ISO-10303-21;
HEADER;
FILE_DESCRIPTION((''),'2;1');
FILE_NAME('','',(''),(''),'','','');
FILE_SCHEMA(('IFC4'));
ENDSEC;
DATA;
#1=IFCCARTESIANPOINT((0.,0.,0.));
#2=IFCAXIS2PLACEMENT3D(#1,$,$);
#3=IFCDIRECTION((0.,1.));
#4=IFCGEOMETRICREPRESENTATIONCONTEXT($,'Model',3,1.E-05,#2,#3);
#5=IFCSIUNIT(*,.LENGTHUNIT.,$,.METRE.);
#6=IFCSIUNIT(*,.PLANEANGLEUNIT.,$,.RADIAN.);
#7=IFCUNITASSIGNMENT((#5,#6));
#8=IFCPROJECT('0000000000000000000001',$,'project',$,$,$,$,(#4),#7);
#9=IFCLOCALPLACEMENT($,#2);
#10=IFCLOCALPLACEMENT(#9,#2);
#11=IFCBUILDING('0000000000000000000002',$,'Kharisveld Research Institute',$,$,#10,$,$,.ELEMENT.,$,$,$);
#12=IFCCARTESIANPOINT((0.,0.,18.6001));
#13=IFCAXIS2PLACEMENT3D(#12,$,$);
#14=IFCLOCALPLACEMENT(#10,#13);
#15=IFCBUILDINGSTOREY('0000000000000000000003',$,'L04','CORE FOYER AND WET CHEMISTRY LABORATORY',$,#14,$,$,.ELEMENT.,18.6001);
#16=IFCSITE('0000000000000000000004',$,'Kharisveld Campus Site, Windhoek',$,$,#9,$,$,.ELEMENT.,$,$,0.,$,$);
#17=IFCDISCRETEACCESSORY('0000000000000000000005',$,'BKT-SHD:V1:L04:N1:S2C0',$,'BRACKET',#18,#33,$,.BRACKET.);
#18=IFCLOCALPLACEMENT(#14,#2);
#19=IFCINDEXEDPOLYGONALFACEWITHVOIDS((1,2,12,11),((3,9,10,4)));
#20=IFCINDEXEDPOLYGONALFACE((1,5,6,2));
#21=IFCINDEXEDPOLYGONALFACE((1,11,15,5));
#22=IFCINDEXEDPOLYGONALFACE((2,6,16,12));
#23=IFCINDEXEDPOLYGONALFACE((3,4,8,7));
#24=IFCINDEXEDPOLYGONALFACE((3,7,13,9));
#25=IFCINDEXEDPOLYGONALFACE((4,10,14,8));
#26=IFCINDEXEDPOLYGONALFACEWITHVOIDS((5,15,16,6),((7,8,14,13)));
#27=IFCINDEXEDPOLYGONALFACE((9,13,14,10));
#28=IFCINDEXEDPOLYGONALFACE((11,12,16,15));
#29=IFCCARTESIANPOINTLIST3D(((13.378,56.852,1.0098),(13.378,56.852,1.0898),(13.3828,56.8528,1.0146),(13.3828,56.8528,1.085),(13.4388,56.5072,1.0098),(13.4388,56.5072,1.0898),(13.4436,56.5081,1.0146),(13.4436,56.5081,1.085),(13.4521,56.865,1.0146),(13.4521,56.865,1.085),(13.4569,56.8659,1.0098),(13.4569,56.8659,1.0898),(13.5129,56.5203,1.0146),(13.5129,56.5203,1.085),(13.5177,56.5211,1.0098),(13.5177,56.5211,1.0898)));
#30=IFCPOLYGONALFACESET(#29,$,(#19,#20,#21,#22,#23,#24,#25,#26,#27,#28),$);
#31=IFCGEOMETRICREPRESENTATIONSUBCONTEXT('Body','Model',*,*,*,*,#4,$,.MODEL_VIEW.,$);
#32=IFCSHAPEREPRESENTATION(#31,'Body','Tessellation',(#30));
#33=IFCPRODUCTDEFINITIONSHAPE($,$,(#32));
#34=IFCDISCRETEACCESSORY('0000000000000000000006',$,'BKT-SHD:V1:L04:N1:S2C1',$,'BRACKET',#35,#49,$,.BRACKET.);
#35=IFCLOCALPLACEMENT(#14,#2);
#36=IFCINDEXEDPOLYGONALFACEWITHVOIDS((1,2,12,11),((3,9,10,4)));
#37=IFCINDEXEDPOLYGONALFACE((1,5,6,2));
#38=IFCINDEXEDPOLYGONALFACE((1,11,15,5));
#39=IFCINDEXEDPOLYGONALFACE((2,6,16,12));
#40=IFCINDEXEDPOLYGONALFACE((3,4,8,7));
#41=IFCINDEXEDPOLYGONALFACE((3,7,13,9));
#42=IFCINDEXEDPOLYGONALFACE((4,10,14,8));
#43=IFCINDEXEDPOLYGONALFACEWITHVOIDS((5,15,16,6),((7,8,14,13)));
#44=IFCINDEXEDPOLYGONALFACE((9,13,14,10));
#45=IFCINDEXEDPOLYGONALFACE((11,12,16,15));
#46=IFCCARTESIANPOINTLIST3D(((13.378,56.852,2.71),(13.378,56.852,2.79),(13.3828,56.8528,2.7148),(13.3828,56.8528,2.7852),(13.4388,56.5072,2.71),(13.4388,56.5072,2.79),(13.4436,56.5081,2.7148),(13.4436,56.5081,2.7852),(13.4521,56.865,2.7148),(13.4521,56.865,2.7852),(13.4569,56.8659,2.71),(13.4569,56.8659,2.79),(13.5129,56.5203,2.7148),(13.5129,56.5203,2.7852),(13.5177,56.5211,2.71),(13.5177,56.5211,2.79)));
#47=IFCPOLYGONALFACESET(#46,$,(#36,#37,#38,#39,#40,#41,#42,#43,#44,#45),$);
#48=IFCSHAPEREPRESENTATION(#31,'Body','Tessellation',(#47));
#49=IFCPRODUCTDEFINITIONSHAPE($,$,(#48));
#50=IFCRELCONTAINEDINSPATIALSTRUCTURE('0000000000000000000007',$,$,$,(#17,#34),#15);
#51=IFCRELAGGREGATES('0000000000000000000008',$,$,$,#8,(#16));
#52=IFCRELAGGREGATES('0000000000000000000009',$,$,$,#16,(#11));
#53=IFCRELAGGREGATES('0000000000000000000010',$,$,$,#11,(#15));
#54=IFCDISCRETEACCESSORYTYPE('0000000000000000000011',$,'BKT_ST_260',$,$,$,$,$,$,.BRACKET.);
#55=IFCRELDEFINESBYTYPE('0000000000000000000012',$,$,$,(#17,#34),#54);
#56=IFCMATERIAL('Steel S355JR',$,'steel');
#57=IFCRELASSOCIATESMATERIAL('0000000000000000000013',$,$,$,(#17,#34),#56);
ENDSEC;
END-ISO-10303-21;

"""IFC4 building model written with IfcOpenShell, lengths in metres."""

from ifc_helpers import new_model, si_unit, direction, frame, origin, origin_2d, place, context, subcontext, project, spatial, hollow_rectangle, extrude, material, type_object, element, save


model = new_model("IFC4")

# Units and contexts
model_context = context("Model", 3, precision=1e-05, world=origin(), true_north=direction((0.0, 1.0)))
body_context = subcontext(model_context, "Body", "Model", "MODEL_VIEW")
ifc_project = project(units=[si_unit("LENGTHUNIT", "METRE"), si_unit("PLANEANGLEUNIT", "RADIAN")], contexts=[model_context])

# Site, building, storey
site_placement = place(None, origin())
site = spatial("IfcSite", under=ifc_project, at=site_placement, Name="Kharisveld Campus Site, Windhoek", CompositionType="ELEMENT", RefElevation=0.0)
building_placement = place(site_placement, origin())
building = spatial("IfcBuilding", under=site, at=building_placement, Name="Kharisveld Research Institute", CompositionType="ELEMENT")
storey_placement = place(building_placement, frame((0.0, 0.0, 18.6001)))
storey = spatial("IfcBuildingStorey", under=building, at=storey_placement, Name="L04", Description="CORE FOYER AND WET CHEMISTRY LABORATORY", CompositionType="ELEMENT", Elevation=18.6001)

# Discrete accessories
ifc_material_1 = material(Name="Steel S355JR", Category="steel")
discrete_accessory_type = type_object("IfcDiscreteAccessoryType", Name="BKT_ST_260", PredefinedType="BRACKET")
for number, where, z_axis, x_axis, name in (
    (1, (13.4783, 56.5142, 1.0498), (-0.173666, 0.984805, 0.0), (-0.984805, -0.173666, 0.0), "BKT-SHD:V1:L04:N1:S2C0"),
    (2, (13.4783, 56.5142, 2.75), (-0.173666, 0.984805, 0.0), (-0.984805, -0.173666, 0.0), "BKT-SHD:V1:L04:N1:S2C1"),
):
    element("IfcDiscreteAccessory", number, at=place(storey_placement, frame(where, z_axis=z_axis, x_axis=x_axis)), inside=storey, type_object=discrete_accessory_type, material=ifc_material_1, Name=name, ObjectType="BRACKET", PredefinedType="BRACKET", context=body_context, shape_type="SweptSolid", body=[
        extrude(hollow_rectangle(XDim=0.0801, YDim=0.0801, WallThickness=0.0049, at=origin_2d()), origin(), (0.0, 0.0, 1.0), 0.3501),
    ])

save(model, "model.ifc")
